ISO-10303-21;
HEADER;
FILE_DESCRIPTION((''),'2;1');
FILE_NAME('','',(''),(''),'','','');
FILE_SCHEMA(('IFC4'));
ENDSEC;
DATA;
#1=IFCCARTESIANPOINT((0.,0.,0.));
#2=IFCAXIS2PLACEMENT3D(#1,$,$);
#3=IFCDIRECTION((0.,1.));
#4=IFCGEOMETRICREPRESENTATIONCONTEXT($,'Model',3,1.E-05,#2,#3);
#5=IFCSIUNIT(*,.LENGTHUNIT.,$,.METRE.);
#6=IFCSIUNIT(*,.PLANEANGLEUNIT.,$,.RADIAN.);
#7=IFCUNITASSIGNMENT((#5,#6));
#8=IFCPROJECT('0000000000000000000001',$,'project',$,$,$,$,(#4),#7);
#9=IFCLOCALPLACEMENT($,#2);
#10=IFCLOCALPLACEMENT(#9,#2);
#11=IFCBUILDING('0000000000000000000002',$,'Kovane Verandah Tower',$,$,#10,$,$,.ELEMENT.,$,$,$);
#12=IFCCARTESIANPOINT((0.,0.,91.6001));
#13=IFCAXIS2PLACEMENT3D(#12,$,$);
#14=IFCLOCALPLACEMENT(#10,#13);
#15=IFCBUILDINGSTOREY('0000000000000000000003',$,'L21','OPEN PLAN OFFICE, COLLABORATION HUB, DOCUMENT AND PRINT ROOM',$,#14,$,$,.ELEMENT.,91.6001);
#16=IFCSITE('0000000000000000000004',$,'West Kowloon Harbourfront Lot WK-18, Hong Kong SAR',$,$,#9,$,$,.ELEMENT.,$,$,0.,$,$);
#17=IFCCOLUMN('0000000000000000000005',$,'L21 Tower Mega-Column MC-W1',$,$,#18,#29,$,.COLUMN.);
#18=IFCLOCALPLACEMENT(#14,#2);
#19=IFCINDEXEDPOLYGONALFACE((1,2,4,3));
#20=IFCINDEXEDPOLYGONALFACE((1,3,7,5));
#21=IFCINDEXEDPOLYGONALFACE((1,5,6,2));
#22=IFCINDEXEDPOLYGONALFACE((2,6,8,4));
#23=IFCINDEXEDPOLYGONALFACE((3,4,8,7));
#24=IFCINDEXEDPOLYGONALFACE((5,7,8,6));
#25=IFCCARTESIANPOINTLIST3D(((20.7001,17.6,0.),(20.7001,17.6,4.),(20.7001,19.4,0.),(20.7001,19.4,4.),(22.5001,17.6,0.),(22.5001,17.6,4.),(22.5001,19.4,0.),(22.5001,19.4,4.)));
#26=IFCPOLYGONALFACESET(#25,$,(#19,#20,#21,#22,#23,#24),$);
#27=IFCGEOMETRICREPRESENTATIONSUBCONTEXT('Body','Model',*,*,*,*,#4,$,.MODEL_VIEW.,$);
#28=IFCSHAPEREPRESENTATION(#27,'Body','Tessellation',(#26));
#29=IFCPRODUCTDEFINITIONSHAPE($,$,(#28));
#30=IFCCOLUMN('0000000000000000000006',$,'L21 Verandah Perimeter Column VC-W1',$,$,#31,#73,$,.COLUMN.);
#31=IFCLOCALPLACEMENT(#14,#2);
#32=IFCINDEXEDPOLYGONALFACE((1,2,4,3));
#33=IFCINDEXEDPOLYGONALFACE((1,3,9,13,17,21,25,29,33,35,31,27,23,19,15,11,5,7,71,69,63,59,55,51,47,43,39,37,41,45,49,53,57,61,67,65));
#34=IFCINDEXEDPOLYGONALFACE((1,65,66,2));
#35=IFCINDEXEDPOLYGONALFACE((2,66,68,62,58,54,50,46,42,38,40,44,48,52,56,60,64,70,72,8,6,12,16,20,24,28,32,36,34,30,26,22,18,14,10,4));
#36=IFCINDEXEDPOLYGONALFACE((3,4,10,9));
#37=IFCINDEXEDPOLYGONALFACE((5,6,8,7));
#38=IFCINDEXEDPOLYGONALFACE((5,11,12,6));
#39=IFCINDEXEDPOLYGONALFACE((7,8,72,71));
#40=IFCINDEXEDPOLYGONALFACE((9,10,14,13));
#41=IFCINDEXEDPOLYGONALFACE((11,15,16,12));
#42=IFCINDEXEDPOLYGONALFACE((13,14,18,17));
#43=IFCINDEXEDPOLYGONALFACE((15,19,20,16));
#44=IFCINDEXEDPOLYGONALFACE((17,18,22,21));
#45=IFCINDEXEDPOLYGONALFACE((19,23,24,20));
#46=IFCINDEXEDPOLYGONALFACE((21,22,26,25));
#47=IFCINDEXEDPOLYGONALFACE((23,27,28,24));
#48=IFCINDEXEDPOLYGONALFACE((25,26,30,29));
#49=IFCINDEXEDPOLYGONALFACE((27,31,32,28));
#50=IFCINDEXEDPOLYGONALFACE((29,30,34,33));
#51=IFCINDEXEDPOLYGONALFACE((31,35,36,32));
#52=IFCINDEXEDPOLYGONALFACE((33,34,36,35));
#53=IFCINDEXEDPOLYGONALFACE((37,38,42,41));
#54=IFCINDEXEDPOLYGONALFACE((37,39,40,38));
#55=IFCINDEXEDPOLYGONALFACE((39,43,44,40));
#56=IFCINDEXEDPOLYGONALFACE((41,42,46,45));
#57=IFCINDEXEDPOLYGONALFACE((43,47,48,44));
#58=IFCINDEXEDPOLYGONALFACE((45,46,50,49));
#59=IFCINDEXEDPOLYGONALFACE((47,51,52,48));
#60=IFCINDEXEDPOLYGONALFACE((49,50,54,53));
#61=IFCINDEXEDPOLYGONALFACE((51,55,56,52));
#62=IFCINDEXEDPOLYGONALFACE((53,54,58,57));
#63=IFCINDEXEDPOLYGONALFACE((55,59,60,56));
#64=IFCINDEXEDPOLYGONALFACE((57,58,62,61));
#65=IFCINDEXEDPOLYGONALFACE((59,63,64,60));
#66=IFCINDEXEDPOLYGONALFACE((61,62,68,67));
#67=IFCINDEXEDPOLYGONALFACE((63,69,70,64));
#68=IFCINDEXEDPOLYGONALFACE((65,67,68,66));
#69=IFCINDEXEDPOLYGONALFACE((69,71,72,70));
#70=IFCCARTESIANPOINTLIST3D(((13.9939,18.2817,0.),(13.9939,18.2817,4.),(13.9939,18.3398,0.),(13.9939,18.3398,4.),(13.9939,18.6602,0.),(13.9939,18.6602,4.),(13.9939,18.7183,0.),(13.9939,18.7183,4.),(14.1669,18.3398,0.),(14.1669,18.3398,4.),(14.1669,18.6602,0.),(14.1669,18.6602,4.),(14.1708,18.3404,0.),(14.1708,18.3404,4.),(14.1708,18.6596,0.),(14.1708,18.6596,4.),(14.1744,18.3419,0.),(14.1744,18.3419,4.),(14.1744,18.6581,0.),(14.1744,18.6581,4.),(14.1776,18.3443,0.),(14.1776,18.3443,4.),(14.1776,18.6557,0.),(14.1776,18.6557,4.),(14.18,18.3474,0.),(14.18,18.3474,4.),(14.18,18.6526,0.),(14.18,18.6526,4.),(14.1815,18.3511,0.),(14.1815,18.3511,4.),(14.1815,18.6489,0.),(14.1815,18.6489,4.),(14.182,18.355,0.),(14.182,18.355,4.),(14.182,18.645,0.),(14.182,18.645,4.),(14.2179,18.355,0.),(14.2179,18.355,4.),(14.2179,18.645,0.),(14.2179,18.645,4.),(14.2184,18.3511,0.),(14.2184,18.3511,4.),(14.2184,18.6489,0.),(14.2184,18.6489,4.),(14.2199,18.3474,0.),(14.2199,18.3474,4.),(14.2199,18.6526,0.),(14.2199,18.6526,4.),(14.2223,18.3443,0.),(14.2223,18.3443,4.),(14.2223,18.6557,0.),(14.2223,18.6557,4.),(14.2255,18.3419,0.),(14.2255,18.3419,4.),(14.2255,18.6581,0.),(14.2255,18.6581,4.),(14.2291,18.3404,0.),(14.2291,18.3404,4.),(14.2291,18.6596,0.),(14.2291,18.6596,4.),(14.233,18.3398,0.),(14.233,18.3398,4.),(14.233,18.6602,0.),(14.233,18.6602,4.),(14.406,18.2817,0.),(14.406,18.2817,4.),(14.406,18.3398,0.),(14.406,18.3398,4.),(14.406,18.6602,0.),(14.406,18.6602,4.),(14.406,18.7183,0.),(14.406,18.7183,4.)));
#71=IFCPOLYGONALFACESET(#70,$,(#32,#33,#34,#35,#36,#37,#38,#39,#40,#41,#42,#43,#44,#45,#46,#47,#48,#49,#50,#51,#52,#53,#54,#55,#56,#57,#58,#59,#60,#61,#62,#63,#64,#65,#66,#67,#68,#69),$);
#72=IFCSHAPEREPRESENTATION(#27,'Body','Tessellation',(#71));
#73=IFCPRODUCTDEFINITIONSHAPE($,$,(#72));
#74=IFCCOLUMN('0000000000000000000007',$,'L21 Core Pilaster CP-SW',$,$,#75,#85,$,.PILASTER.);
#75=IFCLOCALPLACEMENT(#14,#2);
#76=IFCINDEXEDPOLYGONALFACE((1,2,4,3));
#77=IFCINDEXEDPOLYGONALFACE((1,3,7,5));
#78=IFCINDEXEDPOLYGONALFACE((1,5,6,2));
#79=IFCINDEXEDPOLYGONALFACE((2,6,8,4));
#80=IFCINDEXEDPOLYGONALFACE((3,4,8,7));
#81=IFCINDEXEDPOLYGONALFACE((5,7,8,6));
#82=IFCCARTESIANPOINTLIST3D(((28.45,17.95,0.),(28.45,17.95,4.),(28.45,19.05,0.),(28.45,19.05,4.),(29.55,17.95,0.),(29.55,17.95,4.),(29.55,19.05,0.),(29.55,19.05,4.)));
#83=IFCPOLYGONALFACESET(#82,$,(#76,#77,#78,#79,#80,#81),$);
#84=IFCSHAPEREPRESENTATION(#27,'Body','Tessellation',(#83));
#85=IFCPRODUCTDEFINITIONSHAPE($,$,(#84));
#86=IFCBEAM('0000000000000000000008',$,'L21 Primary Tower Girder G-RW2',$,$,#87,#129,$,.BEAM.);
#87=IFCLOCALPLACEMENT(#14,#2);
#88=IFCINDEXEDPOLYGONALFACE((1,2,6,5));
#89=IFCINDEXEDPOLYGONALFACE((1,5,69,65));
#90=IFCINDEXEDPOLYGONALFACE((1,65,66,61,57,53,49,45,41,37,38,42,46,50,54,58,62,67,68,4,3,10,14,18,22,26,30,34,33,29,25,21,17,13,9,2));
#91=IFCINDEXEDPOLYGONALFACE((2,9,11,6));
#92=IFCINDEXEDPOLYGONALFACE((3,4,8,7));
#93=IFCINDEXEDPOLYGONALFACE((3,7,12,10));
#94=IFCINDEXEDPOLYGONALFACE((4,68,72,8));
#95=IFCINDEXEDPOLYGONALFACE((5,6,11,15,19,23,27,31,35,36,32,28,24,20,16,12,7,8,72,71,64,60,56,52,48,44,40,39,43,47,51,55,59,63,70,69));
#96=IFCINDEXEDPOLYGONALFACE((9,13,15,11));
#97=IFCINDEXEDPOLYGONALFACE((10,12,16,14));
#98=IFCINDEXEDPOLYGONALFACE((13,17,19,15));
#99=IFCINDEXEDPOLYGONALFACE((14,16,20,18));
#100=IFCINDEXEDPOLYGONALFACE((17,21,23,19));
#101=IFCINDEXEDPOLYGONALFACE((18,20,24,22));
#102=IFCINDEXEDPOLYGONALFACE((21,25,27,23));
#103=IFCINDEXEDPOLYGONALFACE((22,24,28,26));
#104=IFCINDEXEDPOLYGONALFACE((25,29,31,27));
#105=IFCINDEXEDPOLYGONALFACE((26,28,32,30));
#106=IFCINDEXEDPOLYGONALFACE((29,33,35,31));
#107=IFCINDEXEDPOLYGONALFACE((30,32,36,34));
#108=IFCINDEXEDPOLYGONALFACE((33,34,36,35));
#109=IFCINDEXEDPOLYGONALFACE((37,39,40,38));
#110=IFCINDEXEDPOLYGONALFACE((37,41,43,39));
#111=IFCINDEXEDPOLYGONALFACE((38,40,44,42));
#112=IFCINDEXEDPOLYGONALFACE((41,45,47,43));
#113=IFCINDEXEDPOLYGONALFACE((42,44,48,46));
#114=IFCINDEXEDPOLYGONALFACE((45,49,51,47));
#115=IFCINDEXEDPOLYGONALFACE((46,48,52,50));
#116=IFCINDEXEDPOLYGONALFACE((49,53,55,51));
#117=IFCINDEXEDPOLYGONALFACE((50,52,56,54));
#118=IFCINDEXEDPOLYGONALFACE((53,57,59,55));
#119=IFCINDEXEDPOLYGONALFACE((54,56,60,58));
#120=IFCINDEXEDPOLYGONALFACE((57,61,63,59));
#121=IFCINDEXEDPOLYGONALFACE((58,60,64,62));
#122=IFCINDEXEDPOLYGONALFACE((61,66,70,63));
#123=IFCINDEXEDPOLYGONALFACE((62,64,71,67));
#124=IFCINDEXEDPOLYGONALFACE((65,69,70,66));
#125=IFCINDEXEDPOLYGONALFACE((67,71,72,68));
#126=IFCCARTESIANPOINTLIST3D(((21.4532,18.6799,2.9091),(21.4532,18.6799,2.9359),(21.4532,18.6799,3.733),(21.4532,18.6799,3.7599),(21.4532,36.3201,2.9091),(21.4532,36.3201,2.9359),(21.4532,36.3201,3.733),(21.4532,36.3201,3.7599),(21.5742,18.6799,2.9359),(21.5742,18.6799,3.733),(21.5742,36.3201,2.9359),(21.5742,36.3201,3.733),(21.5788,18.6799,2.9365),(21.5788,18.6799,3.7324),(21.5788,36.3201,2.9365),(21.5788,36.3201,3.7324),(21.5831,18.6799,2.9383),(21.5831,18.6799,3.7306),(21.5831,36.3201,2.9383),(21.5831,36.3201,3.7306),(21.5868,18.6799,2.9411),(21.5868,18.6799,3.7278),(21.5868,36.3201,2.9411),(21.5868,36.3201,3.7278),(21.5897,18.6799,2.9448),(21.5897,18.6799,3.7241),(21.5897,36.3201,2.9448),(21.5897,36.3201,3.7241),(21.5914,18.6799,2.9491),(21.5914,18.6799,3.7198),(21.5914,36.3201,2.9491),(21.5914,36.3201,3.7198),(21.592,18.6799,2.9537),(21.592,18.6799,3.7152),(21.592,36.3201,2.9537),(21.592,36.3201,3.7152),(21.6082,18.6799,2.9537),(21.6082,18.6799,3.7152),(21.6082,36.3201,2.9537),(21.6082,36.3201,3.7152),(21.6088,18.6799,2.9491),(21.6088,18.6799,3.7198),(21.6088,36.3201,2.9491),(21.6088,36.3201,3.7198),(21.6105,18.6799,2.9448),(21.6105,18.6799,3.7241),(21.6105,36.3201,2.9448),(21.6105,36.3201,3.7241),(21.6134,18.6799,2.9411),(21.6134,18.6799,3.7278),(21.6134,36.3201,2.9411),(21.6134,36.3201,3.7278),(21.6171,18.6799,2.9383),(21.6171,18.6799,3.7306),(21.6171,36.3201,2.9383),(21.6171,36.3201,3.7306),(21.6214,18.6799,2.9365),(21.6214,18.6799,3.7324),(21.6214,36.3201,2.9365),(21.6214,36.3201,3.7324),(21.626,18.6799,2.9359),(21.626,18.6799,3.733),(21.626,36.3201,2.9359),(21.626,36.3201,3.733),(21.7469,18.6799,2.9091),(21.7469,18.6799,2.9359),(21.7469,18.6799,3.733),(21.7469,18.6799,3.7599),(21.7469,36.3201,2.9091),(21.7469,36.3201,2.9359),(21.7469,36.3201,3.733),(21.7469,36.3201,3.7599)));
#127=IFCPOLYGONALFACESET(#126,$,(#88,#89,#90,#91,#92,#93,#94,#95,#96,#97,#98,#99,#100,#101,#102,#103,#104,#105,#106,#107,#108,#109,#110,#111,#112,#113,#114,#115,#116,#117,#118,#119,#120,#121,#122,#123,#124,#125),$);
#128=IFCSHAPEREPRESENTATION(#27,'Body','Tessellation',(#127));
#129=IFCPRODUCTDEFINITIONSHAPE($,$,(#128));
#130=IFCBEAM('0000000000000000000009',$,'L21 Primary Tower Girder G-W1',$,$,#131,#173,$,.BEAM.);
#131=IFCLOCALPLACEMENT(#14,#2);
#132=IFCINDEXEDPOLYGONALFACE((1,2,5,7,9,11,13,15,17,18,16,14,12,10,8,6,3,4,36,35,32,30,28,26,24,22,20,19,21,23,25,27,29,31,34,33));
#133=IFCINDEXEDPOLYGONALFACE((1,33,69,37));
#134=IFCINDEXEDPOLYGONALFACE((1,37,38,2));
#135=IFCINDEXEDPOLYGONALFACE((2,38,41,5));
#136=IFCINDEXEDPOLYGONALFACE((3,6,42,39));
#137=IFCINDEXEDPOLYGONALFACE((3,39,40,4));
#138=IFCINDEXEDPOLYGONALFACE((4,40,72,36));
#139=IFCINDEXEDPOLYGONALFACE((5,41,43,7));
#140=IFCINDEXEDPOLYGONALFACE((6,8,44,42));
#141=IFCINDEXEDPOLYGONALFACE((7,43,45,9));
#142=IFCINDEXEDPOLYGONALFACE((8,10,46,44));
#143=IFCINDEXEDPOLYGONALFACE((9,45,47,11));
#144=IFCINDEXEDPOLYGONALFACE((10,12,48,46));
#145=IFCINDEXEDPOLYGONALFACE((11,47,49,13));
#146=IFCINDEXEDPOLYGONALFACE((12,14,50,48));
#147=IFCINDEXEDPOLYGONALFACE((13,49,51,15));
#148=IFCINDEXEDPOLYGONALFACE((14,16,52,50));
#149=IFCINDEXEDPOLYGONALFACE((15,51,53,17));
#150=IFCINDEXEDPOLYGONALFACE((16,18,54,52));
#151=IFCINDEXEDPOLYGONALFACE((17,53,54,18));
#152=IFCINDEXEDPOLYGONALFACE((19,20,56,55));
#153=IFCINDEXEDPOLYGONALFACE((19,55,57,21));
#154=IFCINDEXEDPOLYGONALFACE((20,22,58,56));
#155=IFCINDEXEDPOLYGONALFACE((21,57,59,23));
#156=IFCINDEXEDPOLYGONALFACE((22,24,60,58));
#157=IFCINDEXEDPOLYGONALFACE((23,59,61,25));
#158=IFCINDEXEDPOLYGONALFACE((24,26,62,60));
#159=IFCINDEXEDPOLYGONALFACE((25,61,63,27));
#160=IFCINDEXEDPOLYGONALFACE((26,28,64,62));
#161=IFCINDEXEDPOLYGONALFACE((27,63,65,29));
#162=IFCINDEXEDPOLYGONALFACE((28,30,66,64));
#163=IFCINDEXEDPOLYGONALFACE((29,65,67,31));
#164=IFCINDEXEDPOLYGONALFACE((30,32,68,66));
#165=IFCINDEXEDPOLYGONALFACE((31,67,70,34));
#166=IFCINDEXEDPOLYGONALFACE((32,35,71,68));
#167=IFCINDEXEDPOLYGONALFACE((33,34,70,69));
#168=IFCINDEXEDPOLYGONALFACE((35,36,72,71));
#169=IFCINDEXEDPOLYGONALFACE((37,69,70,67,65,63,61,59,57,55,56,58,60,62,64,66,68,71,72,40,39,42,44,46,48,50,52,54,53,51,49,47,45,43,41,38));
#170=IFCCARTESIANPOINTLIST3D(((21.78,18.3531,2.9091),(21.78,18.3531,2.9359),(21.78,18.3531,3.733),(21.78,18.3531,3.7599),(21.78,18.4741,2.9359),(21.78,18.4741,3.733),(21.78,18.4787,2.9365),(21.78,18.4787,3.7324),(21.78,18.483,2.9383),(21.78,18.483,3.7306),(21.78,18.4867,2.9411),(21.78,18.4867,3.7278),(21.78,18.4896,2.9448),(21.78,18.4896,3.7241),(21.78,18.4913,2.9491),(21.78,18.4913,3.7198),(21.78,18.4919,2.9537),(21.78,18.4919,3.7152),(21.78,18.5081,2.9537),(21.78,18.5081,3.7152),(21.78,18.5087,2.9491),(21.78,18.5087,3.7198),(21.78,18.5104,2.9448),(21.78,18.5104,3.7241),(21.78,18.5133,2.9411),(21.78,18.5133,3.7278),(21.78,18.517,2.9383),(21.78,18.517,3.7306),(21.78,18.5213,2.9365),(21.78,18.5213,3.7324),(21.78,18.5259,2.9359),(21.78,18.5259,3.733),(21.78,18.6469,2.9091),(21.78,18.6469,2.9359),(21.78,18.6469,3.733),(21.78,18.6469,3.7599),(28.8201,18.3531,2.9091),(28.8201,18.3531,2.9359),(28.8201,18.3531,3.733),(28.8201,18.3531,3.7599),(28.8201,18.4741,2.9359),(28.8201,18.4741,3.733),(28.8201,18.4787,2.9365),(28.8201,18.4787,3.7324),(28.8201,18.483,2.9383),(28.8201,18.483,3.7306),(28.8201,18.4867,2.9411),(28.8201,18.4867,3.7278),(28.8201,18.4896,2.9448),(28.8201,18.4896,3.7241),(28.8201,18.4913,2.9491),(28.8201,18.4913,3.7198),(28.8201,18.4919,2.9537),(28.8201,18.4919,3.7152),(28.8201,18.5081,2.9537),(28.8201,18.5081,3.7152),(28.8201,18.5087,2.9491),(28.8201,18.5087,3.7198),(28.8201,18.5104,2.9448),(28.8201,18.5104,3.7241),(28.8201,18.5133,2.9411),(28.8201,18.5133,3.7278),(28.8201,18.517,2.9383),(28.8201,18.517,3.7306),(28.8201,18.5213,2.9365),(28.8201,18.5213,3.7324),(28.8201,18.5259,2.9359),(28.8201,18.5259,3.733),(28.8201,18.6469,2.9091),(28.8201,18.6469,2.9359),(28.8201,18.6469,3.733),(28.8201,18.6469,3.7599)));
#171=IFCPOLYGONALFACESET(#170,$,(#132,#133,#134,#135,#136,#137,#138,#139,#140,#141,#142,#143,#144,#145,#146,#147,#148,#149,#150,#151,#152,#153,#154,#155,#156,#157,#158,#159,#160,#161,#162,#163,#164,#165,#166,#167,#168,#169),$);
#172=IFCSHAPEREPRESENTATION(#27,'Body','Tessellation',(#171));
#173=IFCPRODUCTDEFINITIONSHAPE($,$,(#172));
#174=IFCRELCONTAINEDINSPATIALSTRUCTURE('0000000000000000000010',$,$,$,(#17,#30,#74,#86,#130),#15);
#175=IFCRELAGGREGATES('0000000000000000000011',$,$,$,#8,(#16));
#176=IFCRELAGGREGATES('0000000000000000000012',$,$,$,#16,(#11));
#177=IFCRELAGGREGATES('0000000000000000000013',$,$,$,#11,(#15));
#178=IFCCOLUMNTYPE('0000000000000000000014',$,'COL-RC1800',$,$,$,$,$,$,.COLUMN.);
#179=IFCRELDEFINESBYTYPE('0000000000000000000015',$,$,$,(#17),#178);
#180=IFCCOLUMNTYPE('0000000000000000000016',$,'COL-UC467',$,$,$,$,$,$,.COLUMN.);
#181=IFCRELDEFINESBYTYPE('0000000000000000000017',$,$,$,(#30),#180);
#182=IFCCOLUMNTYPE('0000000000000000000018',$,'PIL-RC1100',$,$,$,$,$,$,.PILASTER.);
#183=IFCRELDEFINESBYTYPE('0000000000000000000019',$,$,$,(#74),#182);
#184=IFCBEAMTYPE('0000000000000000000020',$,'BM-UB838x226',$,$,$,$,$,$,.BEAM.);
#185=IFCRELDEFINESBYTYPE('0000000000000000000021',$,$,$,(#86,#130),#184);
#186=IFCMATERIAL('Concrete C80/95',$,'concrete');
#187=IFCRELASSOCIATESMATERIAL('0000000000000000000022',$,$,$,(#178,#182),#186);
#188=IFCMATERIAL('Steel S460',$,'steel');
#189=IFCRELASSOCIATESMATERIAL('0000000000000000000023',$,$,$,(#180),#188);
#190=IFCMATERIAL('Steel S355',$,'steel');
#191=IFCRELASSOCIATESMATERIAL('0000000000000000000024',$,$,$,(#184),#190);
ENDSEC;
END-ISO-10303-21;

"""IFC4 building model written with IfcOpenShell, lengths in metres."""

from ifc_helpers import new_model, si_unit, direction, frame, origin, origin_2d, place, context, subcontext, project, spatial, rectangle, i_section, extrude, material, material_profile, profile_set, type_object, element, save


model = new_model("IFC4")

# Units and contexts
model_context = context("Model", 3, precision=1e-05, world=origin(), true_north=direction((0.0, 1.0)))
body_context = subcontext(model_context, "Body", "Model", "MODEL_VIEW")
ifc_project = project(units=[si_unit("LENGTHUNIT", "METRE"), si_unit("PLANEANGLEUNIT", "RADIAN")], contexts=[model_context])

# Site, building, storey
site_placement = place(None, origin())
site = spatial("IfcSite", under=ifc_project, at=site_placement, Name="West Kowloon Harbourfront Lot WK-18, Hong Kong SAR", CompositionType="ELEMENT", RefElevation=0.0)
building_placement = place(site_placement, origin())
building = spatial("IfcBuilding", under=site, at=building_placement, Name="Kovane Verandah Tower", CompositionType="ELEMENT")
storey_placement = place(building_placement, frame((0.0, 0.0, 91.6001)))
storey = spatial("IfcBuildingStorey", under=building, at=storey_placement, Name="L21", Description="OPEN PLAN OFFICE, COLLABORATION HUB, DOCUMENT AND PRINT ROOM", CompositionType="ELEMENT", Elevation=91.6001)

# Columns
ifc_material_1 = material(Name="Concrete C80/95", Category="concrete")
ifc_material_profile_1 = material_profile(ifc_material_1, rectangle(XDim=1.8, YDim=1.8, at=origin_2d()), Name="RC1800x1800")
ifc_profile_set_1 = profile_set([ifc_material_profile_1], Name="Concrete C80/95")
column_type_1 = type_object("IfcColumnType", Name="COL-RC1800", PredefinedType="COLUMN", material=ifc_profile_set_1)
column_1_placement = place(storey_placement, frame((21.6001, 18.5, 0.0), z_axis=(0.0, 0.0, 1.0), x_axis=(1.0, 0.0, 0.0)))
element("IfcColumn", 1, at=column_1_placement, inside=storey, type_object=column_type_1, Name="L21 Tower Mega-Column MC-W1", PredefinedType="COLUMN", context=body_context, shape_type="SweptSolid", body=[
    extrude(rectangle(XDim=1.8, YDim=1.8, at=origin_2d()), origin(), (0.0, 0.0, 1.0), 4.0),
])
ifc_material_2 = material(Name="Steel S460", Category="steel")
ifc_material_profile_2 = material_profile(ifc_material_2, i_section(OverallWidth=0.4121, OverallDepth=0.4365, WebThickness=0.0359, FlangeThickness=0.0581, FilletRadius=0.0151, at=origin_2d()), Name="UC356x406x467")
ifc_profile_set_2 = profile_set([ifc_material_profile_2], Name="Steel S460")
column_type_2 = type_object("IfcColumnType", Name="COL-UC467", PredefinedType="COLUMN", material=ifc_profile_set_2)
column_2_placement = place(storey_placement, frame((14.2, 18.5, 0.0), z_axis=(0.0, 0.0, 1.0), x_axis=(1.0, 0.0, 0.0)))
element("IfcColumn", 2, at=column_2_placement, inside=storey, type_object=column_type_2, Name="L21 Verandah Perimeter Column VC-W1", PredefinedType="COLUMN", context=body_context, shape_type="SweptSolid", body=[
    extrude(i_section(OverallWidth=0.4121, OverallDepth=0.4365, WebThickness=0.0359, FlangeThickness=0.0581, FilletRadius=0.0151, at=origin_2d()), origin(), (0.0, 0.0, 1.0), 4.0),
])
ifc_material_profile_3 = material_profile(ifc_material_1, rectangle(XDim=1.1001, YDim=1.1001, at=origin_2d()), Name="RC1100x1100")
ifc_profile_set_3 = profile_set([ifc_material_profile_3], Name="Concrete C80/95")
column_type_3 = type_object("IfcColumnType", Name="PIL-RC1100", PredefinedType="PILASTER", material=ifc_profile_set_3)
column_3_placement = place(storey_placement, frame((29.0, 18.5, 0.0), z_axis=(0.0, 0.0, 1.0), x_axis=(1.0, 0.0, 0.0)))
element("IfcColumn", 3, at=column_3_placement, inside=storey, type_object=column_type_3, Name="L21 Core Pilaster CP-SW", PredefinedType="PILASTER", context=body_context, shape_type="SweptSolid", body=[
    extrude(rectangle(XDim=1.1001, YDim=1.1001, at=origin_2d()), origin(), (0.0, 0.0, 1.0), 4.0),
])

# Beams
ifc_material_3 = material(Name="Steel S355", Category="steel")
ifc_material_profile_4 = material_profile(ifc_material_3, i_section(OverallWidth=0.2937, OverallDepth=0.8508, WebThickness=0.0161, FlangeThickness=0.0269, FilletRadius=0.0178, at=origin_2d()), Name="UB838x292x226")
ifc_profile_set_4 = profile_set([ifc_material_profile_4], Name="Steel S355")
beam_type_1 = type_object("IfcBeamType", Name="BM-UB838x226", PredefinedType="BEAM", material=ifc_profile_set_4)
beam_1_placement = place(storey_placement, frame((21.6001, 18.6799, 3.3345), z_axis=(0.0, 1.0, 0.0), x_axis=(-1.0, 0.0, 0.0)))
element("IfcBeam", 4, at=beam_1_placement, inside=storey, type_object=beam_type_1, Name="L21 Primary Tower Girder G-RW2", PredefinedType="BEAM", context=body_context, shape_type="SweptSolid", body=[
    extrude(i_section(OverallWidth=0.2937, OverallDepth=0.8508, WebThickness=0.0161, FlangeThickness=0.0269, FilletRadius=0.0178, at=origin_2d()), origin(), (0.0, 0.0, 1.0), 17.6401),
])
beam_2_placement = place(storey_placement, frame((28.8201, 18.5, 3.3345), z_axis=(-1.0, 0.0, 0.0), x_axis=(0.0, -1.0, 0.0)))
element("IfcBeam", 5, at=beam_2_placement, inside=storey, type_object=beam_type_1, Name="L21 Primary Tower Girder G-W1", PredefinedType="BEAM", context=body_context, shape_type="SweptSolid", body=[
    extrude(i_section(OverallWidth=0.2937, OverallDepth=0.8508, WebThickness=0.0161, FlangeThickness=0.0269, FilletRadius=0.0178, at=origin_2d()), origin(), (0.0, 0.0, 1.0), 7.04),
])

save(model, "model.ifc")
